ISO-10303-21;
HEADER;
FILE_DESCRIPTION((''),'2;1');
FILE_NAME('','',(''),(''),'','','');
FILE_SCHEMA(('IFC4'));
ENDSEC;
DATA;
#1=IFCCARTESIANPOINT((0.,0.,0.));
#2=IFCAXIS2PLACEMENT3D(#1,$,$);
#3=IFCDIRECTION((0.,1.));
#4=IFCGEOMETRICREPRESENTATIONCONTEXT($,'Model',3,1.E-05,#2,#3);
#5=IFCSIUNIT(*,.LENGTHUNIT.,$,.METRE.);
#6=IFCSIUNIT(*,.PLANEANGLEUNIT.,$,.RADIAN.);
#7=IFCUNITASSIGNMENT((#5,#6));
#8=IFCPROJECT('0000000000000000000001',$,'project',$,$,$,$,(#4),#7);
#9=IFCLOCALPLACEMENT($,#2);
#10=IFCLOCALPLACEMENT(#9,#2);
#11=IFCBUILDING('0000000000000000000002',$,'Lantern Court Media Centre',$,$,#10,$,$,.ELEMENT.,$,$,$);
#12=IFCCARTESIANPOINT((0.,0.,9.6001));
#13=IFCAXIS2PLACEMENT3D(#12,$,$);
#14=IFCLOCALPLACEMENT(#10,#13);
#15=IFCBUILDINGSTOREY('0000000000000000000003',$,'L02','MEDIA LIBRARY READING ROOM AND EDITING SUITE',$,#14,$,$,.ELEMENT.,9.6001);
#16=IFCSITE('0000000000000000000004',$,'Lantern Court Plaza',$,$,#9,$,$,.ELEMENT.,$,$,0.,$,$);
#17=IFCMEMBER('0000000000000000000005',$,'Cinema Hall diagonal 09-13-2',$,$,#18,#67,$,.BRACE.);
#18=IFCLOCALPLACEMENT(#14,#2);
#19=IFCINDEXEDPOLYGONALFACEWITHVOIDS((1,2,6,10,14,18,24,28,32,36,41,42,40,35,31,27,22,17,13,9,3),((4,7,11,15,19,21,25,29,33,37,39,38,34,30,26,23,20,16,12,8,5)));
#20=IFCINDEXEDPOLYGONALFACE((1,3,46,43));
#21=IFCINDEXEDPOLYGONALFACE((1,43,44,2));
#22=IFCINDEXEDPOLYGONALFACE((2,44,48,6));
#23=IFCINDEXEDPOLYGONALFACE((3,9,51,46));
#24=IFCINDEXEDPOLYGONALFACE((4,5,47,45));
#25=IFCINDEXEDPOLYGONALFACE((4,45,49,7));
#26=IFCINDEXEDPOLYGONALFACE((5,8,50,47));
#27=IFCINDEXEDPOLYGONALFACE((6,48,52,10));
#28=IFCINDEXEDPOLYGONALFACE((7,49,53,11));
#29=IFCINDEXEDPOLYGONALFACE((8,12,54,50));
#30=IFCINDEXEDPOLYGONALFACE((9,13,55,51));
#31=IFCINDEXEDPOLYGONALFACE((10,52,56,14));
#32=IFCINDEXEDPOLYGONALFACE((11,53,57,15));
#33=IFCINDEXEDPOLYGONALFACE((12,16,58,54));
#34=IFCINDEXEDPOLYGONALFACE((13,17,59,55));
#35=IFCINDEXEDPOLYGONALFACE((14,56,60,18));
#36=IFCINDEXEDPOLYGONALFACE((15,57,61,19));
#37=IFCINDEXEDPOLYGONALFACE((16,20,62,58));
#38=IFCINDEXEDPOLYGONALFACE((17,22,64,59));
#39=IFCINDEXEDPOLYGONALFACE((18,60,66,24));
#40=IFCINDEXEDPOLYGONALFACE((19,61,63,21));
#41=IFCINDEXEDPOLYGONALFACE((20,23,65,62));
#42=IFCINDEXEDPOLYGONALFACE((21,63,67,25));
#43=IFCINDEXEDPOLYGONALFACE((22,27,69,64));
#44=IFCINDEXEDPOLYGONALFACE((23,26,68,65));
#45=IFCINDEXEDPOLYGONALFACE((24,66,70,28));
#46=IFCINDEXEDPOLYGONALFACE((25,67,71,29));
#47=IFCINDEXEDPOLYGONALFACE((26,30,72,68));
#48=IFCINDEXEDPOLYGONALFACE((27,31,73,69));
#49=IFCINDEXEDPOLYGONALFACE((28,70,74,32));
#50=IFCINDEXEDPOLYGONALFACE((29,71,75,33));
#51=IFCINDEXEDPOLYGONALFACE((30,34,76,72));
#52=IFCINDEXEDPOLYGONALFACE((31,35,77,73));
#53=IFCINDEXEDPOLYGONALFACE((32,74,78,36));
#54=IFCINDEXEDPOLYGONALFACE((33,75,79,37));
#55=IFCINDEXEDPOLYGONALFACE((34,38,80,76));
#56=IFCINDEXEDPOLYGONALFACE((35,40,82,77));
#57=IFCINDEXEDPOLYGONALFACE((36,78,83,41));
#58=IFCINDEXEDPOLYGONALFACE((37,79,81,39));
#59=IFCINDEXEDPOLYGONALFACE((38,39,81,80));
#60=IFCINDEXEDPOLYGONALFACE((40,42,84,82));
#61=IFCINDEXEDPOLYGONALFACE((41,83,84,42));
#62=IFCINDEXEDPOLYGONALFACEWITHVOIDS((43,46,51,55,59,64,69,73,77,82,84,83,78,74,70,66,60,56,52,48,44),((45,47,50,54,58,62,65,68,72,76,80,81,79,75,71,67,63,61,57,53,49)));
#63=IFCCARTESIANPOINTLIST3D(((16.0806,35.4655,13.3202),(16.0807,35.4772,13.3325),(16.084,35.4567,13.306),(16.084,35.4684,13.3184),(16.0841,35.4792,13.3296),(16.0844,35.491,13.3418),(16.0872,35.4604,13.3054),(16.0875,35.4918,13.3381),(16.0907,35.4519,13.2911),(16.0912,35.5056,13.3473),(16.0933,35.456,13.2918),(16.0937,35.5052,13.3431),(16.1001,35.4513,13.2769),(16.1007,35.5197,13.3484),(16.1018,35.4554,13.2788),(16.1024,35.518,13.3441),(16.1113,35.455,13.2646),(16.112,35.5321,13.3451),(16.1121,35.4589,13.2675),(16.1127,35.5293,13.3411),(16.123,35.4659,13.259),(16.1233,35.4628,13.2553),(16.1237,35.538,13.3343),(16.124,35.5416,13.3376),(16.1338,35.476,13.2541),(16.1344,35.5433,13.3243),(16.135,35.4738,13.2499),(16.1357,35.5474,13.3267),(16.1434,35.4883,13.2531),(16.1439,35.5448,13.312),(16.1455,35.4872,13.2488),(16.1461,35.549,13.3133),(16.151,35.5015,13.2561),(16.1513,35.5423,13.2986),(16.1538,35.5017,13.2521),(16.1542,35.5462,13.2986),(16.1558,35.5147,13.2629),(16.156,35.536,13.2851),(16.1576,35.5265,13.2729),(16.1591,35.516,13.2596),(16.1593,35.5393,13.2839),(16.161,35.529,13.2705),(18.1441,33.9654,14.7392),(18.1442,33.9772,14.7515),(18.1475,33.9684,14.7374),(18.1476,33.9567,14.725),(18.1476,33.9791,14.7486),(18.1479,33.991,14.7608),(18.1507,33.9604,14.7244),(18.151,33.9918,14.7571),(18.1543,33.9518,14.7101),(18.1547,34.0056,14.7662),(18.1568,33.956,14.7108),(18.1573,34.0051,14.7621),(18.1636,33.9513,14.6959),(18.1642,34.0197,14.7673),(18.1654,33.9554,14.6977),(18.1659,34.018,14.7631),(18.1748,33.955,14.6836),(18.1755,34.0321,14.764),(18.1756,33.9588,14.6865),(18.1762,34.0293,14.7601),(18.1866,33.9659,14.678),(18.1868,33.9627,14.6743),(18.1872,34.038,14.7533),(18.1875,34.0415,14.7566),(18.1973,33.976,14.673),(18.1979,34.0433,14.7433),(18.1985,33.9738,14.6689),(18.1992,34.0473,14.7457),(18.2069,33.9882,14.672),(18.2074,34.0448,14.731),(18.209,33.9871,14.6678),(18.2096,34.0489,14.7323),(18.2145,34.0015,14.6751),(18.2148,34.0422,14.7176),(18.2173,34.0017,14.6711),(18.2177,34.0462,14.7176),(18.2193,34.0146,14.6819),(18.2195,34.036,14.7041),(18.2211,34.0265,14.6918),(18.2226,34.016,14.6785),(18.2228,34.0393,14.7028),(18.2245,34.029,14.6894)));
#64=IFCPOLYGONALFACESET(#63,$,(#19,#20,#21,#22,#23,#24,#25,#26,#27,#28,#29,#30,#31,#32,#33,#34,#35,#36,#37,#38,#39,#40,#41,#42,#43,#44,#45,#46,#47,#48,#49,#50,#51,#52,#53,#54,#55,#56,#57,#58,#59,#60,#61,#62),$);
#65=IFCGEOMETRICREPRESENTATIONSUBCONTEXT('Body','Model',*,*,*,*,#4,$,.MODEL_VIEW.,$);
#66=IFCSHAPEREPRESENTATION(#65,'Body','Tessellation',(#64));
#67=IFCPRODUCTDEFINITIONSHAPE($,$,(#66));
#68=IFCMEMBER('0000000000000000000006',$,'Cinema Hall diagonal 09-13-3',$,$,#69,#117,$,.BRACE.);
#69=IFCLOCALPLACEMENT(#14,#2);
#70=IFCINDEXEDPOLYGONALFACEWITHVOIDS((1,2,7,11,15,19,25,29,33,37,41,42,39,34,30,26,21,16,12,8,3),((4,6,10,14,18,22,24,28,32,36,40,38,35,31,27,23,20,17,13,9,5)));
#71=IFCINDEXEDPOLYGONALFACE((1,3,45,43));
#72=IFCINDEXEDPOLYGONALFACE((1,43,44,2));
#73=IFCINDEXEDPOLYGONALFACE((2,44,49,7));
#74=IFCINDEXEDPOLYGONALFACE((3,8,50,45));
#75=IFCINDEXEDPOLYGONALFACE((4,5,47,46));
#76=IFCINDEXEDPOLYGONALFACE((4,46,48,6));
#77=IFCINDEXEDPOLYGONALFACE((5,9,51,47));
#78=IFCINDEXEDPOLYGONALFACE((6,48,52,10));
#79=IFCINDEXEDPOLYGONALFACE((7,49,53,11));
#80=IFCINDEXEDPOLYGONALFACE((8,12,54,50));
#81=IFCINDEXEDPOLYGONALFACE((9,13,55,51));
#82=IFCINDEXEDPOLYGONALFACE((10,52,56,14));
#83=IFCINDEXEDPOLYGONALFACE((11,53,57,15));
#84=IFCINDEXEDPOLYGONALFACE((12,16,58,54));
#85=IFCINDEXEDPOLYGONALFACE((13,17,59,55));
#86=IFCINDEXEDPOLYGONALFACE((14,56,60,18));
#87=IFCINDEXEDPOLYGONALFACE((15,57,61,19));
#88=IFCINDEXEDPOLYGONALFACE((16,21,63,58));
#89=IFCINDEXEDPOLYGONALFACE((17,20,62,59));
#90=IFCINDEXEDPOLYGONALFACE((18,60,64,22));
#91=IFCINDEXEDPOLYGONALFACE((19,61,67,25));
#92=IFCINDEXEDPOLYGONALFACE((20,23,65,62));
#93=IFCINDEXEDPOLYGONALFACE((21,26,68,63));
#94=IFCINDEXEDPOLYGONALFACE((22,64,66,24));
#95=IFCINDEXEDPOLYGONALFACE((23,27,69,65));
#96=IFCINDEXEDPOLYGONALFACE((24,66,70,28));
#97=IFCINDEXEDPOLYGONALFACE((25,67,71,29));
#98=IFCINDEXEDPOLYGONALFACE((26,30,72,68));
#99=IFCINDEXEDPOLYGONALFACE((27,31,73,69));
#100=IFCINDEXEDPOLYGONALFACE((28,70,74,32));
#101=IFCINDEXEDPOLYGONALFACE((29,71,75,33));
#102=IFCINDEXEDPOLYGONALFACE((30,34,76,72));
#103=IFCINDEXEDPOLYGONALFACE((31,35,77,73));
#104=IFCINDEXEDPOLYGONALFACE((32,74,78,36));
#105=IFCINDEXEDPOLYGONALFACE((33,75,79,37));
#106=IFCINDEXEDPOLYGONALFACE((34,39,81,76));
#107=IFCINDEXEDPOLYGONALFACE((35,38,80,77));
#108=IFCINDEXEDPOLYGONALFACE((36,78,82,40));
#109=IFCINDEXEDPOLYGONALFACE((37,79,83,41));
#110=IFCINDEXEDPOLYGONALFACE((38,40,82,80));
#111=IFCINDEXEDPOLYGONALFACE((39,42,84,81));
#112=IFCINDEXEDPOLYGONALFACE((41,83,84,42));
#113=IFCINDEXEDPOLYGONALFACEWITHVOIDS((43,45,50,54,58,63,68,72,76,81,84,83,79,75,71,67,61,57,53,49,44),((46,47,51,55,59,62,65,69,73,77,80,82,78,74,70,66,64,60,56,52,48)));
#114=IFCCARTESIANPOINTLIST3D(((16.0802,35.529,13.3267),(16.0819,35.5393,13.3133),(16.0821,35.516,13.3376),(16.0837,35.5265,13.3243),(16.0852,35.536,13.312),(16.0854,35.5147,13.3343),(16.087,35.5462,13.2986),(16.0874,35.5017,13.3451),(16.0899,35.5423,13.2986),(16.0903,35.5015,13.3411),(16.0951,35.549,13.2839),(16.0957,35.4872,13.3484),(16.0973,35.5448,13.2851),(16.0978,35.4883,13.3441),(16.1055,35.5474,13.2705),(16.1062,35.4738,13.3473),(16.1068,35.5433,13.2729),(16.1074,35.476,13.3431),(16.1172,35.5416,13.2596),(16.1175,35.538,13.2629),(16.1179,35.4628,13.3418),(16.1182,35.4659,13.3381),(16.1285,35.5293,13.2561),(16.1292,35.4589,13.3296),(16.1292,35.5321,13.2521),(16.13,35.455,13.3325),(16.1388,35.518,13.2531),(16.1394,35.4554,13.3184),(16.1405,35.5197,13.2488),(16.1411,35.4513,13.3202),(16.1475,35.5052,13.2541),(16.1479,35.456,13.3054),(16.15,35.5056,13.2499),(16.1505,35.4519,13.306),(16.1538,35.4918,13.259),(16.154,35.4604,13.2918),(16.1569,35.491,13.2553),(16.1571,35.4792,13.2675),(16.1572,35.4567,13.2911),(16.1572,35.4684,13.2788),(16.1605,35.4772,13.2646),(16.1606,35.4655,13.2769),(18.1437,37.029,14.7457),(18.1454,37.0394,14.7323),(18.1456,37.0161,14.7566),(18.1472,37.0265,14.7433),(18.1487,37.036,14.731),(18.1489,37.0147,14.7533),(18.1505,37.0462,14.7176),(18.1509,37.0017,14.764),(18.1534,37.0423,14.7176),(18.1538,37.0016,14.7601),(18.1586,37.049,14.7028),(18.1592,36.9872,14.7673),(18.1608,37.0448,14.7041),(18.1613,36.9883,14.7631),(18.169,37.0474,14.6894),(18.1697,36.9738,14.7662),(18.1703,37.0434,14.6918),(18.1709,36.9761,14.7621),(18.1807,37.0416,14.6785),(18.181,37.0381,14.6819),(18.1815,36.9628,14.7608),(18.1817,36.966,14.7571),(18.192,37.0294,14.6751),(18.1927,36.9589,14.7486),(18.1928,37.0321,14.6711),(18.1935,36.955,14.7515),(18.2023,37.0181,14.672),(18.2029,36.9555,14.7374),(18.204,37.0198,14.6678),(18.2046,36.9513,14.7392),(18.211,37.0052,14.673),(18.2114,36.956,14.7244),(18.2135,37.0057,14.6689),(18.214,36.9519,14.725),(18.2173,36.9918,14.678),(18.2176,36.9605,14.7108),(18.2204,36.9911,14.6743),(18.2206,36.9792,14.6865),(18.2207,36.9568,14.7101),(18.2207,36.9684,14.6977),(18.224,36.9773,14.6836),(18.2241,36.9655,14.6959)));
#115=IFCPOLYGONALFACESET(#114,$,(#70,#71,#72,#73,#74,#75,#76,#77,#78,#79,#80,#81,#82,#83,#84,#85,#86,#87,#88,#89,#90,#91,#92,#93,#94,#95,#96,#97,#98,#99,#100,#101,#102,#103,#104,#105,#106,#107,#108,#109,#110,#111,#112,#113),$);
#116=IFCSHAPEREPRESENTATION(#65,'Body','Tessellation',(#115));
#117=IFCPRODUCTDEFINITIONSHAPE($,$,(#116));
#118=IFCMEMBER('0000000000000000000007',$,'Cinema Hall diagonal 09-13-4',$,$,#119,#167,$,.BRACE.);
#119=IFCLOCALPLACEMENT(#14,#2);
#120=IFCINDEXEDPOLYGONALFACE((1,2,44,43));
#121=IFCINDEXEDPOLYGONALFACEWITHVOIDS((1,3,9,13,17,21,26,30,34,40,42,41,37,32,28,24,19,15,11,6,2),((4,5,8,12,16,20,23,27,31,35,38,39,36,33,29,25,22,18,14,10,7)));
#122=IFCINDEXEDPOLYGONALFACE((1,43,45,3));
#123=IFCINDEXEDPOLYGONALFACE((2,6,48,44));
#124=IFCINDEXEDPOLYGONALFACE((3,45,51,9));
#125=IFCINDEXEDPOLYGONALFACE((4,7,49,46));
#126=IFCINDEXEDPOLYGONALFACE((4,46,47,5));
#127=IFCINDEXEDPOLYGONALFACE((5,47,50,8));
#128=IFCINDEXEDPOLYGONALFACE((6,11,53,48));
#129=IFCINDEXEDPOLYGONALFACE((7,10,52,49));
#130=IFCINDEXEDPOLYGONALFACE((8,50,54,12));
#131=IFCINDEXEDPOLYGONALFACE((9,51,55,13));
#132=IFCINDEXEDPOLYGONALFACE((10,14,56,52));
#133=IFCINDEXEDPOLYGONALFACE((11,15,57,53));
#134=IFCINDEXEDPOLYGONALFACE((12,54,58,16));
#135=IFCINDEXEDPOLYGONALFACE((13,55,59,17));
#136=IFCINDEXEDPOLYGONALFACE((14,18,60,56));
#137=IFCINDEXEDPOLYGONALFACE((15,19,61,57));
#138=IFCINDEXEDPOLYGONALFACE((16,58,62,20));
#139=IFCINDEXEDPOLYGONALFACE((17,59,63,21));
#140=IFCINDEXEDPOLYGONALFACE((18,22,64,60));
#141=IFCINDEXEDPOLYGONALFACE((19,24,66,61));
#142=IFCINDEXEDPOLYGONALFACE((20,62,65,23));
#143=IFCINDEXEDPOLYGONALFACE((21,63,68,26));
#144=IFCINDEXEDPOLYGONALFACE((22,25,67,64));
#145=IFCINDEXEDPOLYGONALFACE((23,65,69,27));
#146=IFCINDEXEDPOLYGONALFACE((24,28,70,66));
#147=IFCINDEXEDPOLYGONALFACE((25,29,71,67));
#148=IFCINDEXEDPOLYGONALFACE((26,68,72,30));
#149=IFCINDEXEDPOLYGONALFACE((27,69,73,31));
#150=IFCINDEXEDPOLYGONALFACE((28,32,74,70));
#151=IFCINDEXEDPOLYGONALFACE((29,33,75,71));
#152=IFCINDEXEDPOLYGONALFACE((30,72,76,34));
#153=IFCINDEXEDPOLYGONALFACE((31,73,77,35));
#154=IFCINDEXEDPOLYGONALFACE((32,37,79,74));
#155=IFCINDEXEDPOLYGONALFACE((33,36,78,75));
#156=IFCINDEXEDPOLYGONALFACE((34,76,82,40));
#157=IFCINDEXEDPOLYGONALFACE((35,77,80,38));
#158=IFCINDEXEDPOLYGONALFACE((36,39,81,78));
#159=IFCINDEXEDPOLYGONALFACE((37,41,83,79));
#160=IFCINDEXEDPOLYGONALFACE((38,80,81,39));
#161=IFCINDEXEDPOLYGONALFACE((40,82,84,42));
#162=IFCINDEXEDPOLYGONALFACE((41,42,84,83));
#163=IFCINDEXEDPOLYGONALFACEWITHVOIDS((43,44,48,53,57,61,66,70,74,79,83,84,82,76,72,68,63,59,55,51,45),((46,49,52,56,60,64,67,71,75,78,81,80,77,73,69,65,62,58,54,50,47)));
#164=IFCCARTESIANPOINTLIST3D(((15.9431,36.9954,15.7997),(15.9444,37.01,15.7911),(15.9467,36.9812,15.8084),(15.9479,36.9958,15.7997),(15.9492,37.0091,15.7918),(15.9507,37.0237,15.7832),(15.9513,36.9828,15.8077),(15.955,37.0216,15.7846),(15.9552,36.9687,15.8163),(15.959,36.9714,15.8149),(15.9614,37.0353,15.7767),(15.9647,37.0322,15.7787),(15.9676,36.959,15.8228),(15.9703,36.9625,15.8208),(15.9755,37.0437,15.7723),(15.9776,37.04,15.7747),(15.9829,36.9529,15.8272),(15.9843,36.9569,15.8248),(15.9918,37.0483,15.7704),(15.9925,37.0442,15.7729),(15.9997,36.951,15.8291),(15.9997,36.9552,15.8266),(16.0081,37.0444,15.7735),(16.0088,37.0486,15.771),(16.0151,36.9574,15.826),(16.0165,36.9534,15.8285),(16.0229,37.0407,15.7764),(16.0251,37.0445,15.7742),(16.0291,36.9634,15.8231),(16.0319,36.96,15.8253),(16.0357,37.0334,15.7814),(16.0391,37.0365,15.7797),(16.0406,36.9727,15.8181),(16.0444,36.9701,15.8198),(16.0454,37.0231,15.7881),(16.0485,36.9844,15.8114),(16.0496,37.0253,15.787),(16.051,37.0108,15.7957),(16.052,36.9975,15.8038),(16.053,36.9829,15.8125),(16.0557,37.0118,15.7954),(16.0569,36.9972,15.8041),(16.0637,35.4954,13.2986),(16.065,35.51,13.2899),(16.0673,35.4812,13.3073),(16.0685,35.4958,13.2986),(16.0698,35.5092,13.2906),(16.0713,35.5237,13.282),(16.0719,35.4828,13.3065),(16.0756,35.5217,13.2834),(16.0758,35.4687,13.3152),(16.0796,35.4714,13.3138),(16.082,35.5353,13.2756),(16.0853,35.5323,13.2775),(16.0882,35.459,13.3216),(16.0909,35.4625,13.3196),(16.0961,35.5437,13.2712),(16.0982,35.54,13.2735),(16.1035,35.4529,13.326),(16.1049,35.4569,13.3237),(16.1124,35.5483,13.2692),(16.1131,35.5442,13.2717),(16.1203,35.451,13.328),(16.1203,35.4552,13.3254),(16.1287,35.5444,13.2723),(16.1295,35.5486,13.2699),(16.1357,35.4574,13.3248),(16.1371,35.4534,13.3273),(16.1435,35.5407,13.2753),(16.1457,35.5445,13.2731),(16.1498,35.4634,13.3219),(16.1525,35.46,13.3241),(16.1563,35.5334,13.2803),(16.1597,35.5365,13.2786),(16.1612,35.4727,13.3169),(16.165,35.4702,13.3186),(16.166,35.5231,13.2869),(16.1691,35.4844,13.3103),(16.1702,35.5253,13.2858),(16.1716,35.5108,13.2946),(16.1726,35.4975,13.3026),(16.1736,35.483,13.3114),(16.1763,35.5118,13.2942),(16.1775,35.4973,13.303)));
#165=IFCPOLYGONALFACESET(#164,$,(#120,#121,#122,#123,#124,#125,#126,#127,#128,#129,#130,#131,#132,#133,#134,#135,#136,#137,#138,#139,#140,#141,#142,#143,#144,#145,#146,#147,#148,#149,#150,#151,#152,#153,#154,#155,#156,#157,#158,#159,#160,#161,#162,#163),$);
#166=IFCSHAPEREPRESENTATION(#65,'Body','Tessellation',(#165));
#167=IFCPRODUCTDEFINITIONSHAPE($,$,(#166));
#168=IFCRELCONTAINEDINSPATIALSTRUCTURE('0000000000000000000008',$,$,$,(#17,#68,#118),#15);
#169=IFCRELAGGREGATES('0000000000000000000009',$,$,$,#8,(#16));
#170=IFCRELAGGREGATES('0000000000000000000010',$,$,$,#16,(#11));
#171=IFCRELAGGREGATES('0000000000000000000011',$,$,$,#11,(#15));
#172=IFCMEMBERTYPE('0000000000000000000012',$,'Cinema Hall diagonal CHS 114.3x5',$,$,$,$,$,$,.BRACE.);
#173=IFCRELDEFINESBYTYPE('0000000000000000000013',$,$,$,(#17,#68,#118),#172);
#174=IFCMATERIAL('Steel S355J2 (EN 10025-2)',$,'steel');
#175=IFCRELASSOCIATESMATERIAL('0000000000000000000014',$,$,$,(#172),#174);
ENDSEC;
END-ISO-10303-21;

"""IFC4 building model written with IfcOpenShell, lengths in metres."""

from ifc_helpers import new_model, si_unit, direction, frame, origin, origin_2d, place, context, subcontext, project, spatial, hollow_circle, extrude, material, material_profile, profile_set, type_object, element, save


model = new_model("IFC4")

# Units and contexts
model_context = context("Model", 3, precision=1e-05, world=origin(), true_north=direction((0.0, 1.0)))
body_context = subcontext(model_context, "Body", "Model", "MODEL_VIEW")
ifc_project = project(units=[si_unit("LENGTHUNIT", "METRE"), si_unit("PLANEANGLEUNIT", "RADIAN")], contexts=[model_context])

# Site, building, storey
site_placement = place(None, origin())
site = spatial("IfcSite", under=ifc_project, at=site_placement, Name="Lantern Court Plaza", CompositionType="ELEMENT", RefElevation=0.0)
building_placement = place(site_placement, origin())
building = spatial("IfcBuilding", under=site, at=building_placement, Name="Lantern Court Media Centre", CompositionType="ELEMENT")
storey_placement = place(building_placement, frame((0.0, 0.0, 9.6001)))
storey = spatial("IfcBuildingStorey", under=building, at=storey_placement, Name="L02", Description="MEDIA LIBRARY READING ROOM AND EDITING SUITE", CompositionType="ELEMENT", Elevation=9.6001)

# Members
ifc_material = material(Name="Steel S355J2 (EN 10025-2)", Category="steel")
ifc_material_profile_1 = material_profile(ifc_material, hollow_circle(Radius=0.0571, WallThickness=0.0049, at=origin_2d()), Name="Cinema Hall diagonal CHS 114.3x5")
ifc_profile_set_1 = profile_set([ifc_material_profile_1], Name="Steel S355J2 (EN 10025-2)")
member_type_1 = type_object("IfcMemberType", Name="Cinema Hall diagonal CHS 114.3x5", PredefinedType="BRACE", material=ifc_profile_set_1)
for number, where, z_axis, x_axis, name in (
    (1, (16.1206, 35.5, 13.2986), (0.70688, -0.513851, 0.486084), (0.58799, 0.808868, 0.0), "Cinema Hall diagonal 09-13-2"),
    (2, (16.1206, 35.5, 13.2986), (0.70688, 0.513851, 0.486084), (-0.58799, 0.808868, 0.0), "Cinema Hall diagonal 09-13-3"),
):
    element("IfcMember", number, at=place(storey_placement, frame(where, z_axis=z_axis, x_axis=x_axis)), inside=storey, type_object=member_type_1, Name=name, PredefinedType="BRACE", context=body_context, shape_type="SweptSolid", body=[
        extrude(hollow_circle(Radius=0.0571, WallThickness=0.0049, at=origin_2d()), origin(), (0.0, 0.0, 1.0), 2.9192),
    ])
member_1_placement = place(storey_placement, frame((16.1206, 35.5, 13.2986), z_axis=(-0.041317, 0.513872, 0.856871), x_axis=(-0.996783, -0.080145, 0.0)))
element("IfcMember", 3, at=member_1_placement, inside=storey, type_object=member_type_1, Name="Cinema Hall diagonal 09-13-4", PredefinedType="BRACE", context=body_context, shape_type="SweptSolid", body=[
    extrude(hollow_circle(Radius=0.0571, WallThickness=0.0049, at=origin_2d()), origin(), (0.0, 0.0, 1.0), 2.9189),
])

save(model, "model.ifc")
